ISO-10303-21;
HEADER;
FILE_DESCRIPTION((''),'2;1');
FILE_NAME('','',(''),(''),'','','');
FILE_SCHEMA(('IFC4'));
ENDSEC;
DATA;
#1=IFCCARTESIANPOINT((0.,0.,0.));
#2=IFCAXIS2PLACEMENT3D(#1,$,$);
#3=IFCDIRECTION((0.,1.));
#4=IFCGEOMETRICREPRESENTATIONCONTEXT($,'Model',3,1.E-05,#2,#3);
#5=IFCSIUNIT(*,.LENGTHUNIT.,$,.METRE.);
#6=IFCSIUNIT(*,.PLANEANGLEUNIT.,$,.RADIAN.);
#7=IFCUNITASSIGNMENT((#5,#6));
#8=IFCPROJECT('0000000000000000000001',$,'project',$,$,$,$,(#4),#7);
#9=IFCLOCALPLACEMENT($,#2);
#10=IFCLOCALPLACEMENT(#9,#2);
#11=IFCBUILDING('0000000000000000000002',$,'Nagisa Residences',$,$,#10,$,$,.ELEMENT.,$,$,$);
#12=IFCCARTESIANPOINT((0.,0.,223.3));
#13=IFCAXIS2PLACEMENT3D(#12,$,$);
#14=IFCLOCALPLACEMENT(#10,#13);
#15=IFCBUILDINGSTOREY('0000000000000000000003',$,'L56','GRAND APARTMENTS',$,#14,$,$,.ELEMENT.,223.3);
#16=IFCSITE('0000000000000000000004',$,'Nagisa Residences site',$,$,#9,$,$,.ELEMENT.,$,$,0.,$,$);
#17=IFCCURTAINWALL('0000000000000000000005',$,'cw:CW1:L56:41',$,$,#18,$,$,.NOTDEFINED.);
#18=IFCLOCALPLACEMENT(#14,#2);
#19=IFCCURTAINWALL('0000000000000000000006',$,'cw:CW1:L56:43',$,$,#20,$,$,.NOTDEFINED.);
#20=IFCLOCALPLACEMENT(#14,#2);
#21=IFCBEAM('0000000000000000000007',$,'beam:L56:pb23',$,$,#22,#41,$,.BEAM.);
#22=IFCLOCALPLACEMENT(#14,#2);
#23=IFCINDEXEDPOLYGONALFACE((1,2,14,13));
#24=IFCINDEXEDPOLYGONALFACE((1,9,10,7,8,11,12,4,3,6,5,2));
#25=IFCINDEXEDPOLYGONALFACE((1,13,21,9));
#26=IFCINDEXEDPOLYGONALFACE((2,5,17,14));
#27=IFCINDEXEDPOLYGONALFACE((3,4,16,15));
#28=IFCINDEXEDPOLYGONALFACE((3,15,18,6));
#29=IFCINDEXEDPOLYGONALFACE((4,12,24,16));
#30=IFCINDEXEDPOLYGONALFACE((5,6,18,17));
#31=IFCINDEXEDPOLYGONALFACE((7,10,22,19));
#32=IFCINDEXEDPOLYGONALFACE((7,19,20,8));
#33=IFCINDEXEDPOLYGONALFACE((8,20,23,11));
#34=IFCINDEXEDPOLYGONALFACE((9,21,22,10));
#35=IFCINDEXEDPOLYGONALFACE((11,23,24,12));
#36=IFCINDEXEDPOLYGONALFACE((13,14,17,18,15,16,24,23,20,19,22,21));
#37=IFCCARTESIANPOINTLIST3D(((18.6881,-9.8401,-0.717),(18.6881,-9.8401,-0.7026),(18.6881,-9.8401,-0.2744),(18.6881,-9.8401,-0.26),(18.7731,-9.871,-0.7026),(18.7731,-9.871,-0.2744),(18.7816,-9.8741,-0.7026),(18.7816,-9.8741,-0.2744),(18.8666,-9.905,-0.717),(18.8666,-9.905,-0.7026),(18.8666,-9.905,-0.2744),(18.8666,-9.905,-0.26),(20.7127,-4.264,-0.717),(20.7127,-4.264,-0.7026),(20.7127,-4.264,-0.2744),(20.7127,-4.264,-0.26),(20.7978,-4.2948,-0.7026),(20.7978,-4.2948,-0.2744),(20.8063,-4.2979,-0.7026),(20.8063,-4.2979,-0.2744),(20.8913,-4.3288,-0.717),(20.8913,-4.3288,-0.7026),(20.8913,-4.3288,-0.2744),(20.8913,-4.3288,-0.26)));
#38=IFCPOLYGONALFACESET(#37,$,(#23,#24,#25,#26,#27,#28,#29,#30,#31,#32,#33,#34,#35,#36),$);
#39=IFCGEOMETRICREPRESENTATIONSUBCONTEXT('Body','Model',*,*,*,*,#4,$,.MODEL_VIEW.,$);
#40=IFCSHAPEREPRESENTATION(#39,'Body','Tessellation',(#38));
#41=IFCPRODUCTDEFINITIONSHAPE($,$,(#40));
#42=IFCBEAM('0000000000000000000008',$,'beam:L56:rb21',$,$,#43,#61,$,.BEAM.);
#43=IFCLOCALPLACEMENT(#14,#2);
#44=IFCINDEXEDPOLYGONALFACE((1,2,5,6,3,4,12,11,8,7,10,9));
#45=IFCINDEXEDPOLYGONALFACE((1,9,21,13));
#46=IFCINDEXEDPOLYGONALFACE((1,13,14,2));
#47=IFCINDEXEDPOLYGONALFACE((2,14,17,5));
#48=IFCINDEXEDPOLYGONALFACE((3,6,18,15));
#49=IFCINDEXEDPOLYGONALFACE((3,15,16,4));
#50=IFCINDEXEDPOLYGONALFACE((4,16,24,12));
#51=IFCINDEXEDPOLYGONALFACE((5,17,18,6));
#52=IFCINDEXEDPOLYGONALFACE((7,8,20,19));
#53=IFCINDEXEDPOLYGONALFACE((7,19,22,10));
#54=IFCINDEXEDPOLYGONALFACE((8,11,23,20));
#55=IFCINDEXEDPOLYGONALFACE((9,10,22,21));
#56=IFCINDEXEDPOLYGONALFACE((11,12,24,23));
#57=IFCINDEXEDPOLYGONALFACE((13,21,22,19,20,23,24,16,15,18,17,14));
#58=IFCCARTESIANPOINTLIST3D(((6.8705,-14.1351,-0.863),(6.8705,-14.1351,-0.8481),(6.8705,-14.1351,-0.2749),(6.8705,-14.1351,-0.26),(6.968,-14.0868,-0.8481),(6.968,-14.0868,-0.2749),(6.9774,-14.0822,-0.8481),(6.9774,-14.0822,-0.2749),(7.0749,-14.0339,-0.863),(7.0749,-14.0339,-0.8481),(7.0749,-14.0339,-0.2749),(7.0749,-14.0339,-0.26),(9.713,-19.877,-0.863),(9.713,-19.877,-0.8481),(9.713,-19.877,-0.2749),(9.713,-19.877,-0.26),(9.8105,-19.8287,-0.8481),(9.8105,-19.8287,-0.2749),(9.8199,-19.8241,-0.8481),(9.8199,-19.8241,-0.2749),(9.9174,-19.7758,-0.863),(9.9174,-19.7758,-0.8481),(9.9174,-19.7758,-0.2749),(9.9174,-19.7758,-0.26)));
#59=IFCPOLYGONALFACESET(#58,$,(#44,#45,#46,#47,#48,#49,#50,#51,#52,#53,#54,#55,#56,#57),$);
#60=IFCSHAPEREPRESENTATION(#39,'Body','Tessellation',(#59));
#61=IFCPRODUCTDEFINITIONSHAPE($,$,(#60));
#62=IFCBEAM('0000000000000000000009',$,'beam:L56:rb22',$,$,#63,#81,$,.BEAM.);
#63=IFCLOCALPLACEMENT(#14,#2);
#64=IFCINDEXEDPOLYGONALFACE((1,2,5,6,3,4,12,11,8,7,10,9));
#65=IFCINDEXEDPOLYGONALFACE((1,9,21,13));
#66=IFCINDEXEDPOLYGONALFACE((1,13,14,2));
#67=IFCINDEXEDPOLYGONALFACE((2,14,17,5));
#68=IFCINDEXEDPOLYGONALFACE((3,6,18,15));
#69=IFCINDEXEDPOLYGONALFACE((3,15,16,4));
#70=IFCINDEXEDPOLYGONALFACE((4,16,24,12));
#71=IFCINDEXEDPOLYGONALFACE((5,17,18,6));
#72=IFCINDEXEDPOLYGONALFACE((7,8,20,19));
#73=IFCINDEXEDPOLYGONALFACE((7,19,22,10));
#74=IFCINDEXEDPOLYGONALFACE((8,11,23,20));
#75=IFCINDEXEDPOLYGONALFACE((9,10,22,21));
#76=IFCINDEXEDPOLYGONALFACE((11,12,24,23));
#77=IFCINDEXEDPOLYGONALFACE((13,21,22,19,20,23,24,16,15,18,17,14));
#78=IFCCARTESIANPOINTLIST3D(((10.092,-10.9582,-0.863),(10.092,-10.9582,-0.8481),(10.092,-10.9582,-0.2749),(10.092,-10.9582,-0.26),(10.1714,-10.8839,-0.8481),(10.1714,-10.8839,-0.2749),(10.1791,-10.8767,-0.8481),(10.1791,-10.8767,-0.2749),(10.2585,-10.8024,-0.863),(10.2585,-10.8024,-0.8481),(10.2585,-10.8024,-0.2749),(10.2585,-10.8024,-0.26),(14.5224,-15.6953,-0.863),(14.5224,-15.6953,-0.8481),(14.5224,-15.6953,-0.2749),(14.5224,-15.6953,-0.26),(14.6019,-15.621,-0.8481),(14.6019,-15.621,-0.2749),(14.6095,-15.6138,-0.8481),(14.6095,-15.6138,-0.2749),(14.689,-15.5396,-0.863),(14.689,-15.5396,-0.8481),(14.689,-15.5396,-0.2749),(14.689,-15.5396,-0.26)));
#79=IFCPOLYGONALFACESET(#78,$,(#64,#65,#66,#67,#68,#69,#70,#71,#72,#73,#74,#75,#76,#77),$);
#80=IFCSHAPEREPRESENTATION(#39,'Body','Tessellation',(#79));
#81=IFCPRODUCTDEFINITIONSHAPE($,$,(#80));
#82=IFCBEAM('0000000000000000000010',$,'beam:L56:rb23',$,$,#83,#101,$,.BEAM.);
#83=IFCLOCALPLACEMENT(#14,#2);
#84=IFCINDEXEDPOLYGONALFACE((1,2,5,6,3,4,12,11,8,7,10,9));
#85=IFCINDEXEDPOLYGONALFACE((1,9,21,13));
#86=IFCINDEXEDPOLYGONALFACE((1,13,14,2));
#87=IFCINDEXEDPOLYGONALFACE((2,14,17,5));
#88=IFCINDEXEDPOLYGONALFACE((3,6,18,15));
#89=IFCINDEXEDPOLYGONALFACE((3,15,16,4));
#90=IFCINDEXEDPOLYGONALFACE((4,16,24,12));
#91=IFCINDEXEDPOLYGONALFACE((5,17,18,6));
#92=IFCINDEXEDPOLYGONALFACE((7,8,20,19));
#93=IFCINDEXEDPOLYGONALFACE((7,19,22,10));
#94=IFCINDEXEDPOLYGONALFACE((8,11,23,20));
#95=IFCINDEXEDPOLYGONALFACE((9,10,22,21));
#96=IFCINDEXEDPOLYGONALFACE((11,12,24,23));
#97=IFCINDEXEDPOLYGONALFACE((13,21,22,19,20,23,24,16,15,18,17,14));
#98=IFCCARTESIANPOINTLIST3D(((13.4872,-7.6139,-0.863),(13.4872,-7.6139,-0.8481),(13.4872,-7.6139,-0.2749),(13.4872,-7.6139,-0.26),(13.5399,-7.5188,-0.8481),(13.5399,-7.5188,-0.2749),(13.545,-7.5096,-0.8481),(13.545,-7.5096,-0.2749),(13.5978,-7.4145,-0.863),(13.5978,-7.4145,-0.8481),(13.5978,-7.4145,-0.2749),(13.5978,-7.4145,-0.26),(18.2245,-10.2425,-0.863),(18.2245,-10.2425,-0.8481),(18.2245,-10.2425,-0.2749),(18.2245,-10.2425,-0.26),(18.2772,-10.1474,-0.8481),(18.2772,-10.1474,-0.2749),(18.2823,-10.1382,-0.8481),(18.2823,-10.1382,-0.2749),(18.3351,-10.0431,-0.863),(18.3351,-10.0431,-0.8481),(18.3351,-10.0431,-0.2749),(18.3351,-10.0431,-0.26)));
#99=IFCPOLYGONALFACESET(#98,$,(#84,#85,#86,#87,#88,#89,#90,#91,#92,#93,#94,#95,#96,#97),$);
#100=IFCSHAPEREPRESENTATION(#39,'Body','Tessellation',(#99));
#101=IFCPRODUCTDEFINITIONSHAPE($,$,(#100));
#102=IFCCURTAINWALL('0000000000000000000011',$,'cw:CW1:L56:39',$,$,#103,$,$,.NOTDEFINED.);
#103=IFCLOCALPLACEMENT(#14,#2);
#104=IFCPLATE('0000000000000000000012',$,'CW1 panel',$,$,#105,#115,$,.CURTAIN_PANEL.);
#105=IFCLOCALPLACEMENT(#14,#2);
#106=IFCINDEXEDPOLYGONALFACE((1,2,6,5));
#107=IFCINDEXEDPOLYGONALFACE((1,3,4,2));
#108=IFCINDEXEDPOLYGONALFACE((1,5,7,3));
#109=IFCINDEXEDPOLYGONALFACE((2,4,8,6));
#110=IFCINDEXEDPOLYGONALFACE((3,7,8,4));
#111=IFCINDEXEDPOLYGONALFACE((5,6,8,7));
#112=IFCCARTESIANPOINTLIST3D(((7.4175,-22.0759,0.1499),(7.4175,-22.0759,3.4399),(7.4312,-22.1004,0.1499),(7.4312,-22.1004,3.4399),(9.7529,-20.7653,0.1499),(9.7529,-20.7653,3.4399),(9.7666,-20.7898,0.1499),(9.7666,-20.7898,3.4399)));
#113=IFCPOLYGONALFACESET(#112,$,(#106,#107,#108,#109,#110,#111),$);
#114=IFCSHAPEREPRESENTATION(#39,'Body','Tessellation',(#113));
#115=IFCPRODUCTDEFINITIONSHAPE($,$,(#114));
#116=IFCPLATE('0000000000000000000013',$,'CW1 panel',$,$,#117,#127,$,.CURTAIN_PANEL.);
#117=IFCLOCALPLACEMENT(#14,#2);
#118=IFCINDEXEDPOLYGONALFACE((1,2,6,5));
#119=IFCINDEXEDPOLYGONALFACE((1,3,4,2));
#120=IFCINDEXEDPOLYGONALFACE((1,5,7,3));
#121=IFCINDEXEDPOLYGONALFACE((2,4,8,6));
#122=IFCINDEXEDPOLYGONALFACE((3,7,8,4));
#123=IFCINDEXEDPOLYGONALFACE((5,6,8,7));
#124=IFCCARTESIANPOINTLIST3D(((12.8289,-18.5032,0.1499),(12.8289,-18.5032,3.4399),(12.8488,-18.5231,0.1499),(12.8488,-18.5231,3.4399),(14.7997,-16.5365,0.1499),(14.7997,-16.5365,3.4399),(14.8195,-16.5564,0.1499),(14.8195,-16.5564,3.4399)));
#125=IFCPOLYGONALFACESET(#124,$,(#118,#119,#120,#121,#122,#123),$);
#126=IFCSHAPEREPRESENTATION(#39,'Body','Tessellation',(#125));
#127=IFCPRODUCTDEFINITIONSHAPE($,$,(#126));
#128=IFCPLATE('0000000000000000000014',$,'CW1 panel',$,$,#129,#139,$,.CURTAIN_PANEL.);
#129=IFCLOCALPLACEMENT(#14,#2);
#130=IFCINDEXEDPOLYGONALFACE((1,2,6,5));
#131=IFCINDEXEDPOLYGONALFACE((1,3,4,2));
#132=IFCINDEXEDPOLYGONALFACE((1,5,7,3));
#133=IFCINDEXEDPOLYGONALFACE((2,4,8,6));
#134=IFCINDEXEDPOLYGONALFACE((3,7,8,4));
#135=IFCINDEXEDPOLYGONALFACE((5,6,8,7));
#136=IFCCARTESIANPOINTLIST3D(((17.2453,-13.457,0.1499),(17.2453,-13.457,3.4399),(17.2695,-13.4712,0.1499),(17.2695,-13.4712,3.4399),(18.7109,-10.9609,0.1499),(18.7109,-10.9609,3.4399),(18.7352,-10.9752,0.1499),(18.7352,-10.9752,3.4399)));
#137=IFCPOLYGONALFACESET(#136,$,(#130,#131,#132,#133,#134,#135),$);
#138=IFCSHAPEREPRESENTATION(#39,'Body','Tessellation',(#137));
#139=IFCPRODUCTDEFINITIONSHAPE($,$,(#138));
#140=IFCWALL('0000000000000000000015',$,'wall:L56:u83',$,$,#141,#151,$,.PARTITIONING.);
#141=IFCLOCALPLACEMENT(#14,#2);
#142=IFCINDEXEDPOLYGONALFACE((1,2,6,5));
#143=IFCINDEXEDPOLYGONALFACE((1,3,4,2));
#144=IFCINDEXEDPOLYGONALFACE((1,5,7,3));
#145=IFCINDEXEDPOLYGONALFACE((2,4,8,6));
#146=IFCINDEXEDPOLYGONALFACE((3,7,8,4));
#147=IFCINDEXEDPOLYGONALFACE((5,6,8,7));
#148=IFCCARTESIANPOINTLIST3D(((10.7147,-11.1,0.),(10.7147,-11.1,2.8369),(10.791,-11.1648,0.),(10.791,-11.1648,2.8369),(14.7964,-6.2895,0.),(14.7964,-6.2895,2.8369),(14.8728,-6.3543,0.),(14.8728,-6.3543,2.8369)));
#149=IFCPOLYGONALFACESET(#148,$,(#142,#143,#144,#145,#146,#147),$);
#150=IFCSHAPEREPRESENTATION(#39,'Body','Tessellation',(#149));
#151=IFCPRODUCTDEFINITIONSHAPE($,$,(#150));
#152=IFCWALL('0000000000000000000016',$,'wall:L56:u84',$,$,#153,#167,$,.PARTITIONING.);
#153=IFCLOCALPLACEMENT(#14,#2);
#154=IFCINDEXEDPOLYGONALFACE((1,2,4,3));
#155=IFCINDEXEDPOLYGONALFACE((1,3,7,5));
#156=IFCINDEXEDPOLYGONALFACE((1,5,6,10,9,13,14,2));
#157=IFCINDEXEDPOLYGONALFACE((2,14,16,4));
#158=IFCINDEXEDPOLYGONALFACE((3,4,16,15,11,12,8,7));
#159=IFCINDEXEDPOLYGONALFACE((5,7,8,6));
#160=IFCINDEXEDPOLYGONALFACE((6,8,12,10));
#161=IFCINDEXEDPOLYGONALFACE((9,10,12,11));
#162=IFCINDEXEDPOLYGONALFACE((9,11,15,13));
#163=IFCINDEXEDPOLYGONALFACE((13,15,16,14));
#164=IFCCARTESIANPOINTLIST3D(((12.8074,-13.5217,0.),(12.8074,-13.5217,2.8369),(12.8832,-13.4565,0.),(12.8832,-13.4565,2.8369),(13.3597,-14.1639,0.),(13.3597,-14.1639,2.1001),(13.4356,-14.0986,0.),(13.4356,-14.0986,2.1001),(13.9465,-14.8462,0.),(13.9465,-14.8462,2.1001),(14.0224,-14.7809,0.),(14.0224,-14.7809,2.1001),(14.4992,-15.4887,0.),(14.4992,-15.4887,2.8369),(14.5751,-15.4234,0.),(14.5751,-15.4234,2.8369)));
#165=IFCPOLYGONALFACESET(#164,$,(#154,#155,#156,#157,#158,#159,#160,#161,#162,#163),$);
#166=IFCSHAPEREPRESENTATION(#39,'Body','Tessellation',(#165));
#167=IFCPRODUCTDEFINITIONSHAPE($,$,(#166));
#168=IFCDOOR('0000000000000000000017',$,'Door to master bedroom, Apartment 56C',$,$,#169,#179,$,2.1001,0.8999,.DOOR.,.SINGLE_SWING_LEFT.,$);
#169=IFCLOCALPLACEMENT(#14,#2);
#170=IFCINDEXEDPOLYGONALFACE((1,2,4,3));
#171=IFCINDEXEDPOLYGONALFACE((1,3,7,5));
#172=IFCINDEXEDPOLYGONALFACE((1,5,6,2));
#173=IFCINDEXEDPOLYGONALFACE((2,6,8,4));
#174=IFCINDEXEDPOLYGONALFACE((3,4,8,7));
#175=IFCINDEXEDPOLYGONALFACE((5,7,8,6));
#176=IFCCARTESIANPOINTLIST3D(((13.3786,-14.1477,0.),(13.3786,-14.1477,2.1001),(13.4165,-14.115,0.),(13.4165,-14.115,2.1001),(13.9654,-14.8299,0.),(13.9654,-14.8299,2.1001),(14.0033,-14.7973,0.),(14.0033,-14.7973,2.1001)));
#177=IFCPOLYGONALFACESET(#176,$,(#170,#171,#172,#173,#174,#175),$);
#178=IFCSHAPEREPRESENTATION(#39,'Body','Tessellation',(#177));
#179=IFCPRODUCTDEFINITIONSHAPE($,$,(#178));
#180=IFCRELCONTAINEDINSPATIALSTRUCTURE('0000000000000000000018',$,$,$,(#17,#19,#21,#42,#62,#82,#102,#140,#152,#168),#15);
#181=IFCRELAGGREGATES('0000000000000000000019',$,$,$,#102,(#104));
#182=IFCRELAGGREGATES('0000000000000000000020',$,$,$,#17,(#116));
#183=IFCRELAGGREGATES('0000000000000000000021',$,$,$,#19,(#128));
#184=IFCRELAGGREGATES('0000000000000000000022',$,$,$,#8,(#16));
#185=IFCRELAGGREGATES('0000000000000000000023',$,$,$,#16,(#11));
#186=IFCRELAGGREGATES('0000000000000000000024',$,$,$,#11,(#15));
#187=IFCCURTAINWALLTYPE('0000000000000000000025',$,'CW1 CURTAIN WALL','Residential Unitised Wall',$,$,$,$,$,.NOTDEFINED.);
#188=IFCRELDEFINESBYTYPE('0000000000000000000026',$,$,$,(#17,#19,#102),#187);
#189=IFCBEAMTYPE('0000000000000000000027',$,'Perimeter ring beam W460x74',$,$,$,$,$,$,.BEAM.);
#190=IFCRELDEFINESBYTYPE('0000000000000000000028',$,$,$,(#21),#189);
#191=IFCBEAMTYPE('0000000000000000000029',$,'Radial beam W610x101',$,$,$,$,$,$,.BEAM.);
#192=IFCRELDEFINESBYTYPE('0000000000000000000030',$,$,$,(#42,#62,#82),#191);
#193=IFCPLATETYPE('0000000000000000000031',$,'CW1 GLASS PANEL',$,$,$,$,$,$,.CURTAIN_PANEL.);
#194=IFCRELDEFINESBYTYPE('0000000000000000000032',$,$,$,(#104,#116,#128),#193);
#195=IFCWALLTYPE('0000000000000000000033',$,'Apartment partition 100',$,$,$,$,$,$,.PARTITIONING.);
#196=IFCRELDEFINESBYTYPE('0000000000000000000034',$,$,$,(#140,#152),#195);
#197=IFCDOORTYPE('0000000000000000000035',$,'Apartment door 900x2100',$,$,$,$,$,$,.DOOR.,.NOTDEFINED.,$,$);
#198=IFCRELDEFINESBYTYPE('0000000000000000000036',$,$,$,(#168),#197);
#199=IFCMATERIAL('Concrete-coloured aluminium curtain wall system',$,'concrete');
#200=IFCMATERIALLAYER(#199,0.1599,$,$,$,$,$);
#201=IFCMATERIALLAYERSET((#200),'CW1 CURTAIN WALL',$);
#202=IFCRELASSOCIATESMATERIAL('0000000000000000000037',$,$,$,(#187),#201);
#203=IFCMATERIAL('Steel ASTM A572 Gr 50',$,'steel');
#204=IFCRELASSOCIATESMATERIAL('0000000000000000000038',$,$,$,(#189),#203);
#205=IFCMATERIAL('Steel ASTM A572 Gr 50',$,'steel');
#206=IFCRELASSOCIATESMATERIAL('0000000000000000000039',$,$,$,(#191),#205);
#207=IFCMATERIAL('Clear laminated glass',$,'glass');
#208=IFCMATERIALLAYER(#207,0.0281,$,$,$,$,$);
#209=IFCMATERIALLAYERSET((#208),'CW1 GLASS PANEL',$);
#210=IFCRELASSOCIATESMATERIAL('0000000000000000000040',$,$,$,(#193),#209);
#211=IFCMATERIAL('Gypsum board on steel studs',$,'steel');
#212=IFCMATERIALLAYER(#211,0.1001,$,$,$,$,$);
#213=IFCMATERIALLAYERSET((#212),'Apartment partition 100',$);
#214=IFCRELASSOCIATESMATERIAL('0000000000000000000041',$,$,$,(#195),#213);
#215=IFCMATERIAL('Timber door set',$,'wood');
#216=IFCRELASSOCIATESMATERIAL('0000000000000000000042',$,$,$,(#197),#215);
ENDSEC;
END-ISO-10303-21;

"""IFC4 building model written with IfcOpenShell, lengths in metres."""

from ifc_helpers import new_model, si_unit, direction, frame, frame_2d, origin, origin_2d, place, context, subcontext, project, spatial, rectangle, i_section, extrude, material, layer, layer_set, material_profile, profile_set, type_object, element, fill, aggregate, save


model = new_model("IFC4")

# Units and contexts
model_context = context("Model", 3, precision=1e-05, world=origin(), true_north=direction((0.0, 1.0)))
body_context = subcontext(model_context, "Body", "Model", "MODEL_VIEW")
ifc_project = project(units=[si_unit("LENGTHUNIT", "METRE"), si_unit("PLANEANGLEUNIT", "RADIAN")], contexts=[model_context])

# Site, building, storey
site_placement = place(None, origin())
site = spatial("IfcSite", under=ifc_project, at=site_placement, Name="Nagisa Residences site", CompositionType="ELEMENT", RefElevation=0.0)
building_placement = place(site_placement, origin())
building = spatial("IfcBuilding", under=site, at=building_placement, Name="Nagisa Residences", CompositionType="ELEMENT")
storey_placement = place(building_placement, frame((0.0, 0.0, 223.3)))
storey = spatial("IfcBuildingStorey", under=building, at=storey_placement, Name="L56", Description="GRAND APARTMENTS", CompositionType="ELEMENT", Elevation=223.3)

# Curtain walls
ifc_material_1 = material(Name="Concrete-coloured aluminium curtain wall system", Category="concrete")
ifc_layer_1 = layer(ifc_material_1, 0.1599)
ifc_layer_set_1 = layer_set([ifc_layer_1], Name="CW1 CURTAIN WALL")
curtain_wall_type = type_object("IfcCurtainWallType", Name="CW1 CURTAIN WALL", Description="Residential Unitised Wall", PredefinedType="NOTDEFINED", material=ifc_layer_set_1)
curtain_wall_1_placement = place(storey_placement, origin())
curtain_wall_1 = element("IfcCurtainWall", 1, at=curtain_wall_1_placement, inside=storey, type_object=curtain_wall_type, Name="cw:CW1:L56:41", PredefinedType="NOTDEFINED")
curtain_wall_2_placement = place(storey_placement, origin())
curtain_wall_2 = element("IfcCurtainWall", 2, at=curtain_wall_2_placement, inside=storey, type_object=curtain_wall_type, Name="cw:CW1:L56:43", PredefinedType="NOTDEFINED")

# Beams
ifc_material_2 = material(Name="Steel ASTM A572 Gr 50", Category="steel")
ifc_material_profile_1 = material_profile(ifc_material_2, i_section(OverallWidth=0.1899, OverallDepth=0.457, WebThickness=0.009, FlangeThickness=0.0144, at=origin_2d()), Name="W460x74")
ifc_profile_set_1 = profile_set([ifc_material_profile_1], Name="Steel ASTM A572 Gr 50")
beam_type_1 = type_object("IfcBeamType", Name="Perimeter ring beam W460x74", PredefinedType="BEAM", material=ifc_profile_set_1)
beam_1_placement = place(storey_placement, frame((18.7773, -9.8726, -0.4885), z_axis=(0.34129, 0.939958, 0.0), x_axis=(-0.939958, 0.34129, 0.0)))
element("IfcBeam", 3, at=beam_1_placement, inside=storey, type_object=beam_type_1, Name="beam:L56:pb23", PredefinedType="BEAM", context=body_context, shape_type="SweptSolid", body=[
    extrude(i_section(OverallWidth=0.1899, OverallDepth=0.457, WebThickness=0.009, FlangeThickness=0.0144, at=origin_2d()), origin(), (0.0, 0.0, 1.0), 5.9324),
])
ifc_material_3 = material(Name="Steel ASTM A572 Gr 50", Category="steel")
ifc_material_profile_2 = material_profile(ifc_material_3, i_section(OverallWidth=0.228, OverallDepth=0.603, WebThickness=0.0105, FlangeThickness=0.0149, at=origin_2d()), Name="W610x101")
ifc_profile_set_2 = profile_set([ifc_material_profile_2], Name="Steel ASTM A572 Gr 50")
beam_type_2 = type_object("IfcBeamType", Name="Radial beam W610x101", PredefinedType="BEAM", material=ifc_profile_set_2)
beam_2_placement = place(storey_placement, frame((9.8152, -19.8264, -0.5615), z_axis=(-0.443659, 0.896196, 0.0), x_axis=(-0.896196, -0.443659, 0.0)))
element("IfcBeam", 4, at=beam_2_placement, inside=storey, type_object=beam_type_2, Name="beam:L56:rb21", PredefinedType="BEAM", context=body_context, shape_type="SweptSolid", body=[
    extrude(i_section(OverallWidth=0.228, OverallDepth=0.603, WebThickness=0.0105, FlangeThickness=0.0149, at=origin_2d()), origin(), (0.0, 0.0, 1.0), 6.407),
])
beam_3_placement = place(storey_placement, frame((14.6057, -15.6174, -0.5615), z_axis=(-0.683073, 0.73035, 0.0), x_axis=(-0.73035, -0.683073, 0.0)))
element("IfcBeam", 5, at=beam_3_placement, inside=storey, type_object=beam_type_2, Name="beam:L56:rb22", PredefinedType="BEAM", context=body_context, shape_type="SweptSolid", body=[
    extrude(i_section(OverallWidth=0.228, OverallDepth=0.603, WebThickness=0.0105, FlangeThickness=0.0149, at=origin_2d()), origin(), (0.0, 0.0, 1.0), 6.4861),
])
beam_4_placement = place(storey_placement, frame((18.2798, -10.1428, -0.5615), z_axis=(-0.874406, 0.485195, 0.0), x_axis=(-0.485195, -0.874406, 0.0)))
element("IfcBeam", 6, at=beam_4_placement, inside=storey, type_object=beam_type_2, Name="beam:L56:rb23", PredefinedType="BEAM", context=body_context, shape_type="SweptSolid", body=[
    extrude(i_section(OverallWidth=0.228, OverallDepth=0.603, WebThickness=0.0105, FlangeThickness=0.0149, at=origin_2d()), origin(), (0.0, 0.0, 1.0), 5.4177),
])

# Curtain wall, plate
curtain_wall_3_placement = place(storey_placement, origin())
curtain_wall_3 = element("IfcCurtainWall", 7, at=curtain_wall_3_placement, inside=storey, type_object=curtain_wall_type, Name="cw:CW1:L56:39", PredefinedType="NOTDEFINED")
ifc_material_4 = material(Name="Clear laminated glass", Category="glass")
ifc_layer_2 = layer(ifc_material_4, 0.0281)
ifc_layer_set_2 = layer_set([ifc_layer_2], Name="CW1 GLASS PANEL")
plate_type = type_object("IfcPlateType", Name="CW1 GLASS PANEL", PredefinedType="CURTAIN_PANEL", material=ifc_layer_set_2)
plate_1_placement = place(storey_placement, frame((8.592, -21.4329, 0.1499), z_axis=(0.0, 0.0, 1.0), x_axis=(0.872072, 0.489377, 0.0)))
plate_1 = element("IfcPlate", 8, at=plate_1_placement, type_object=plate_type, Name="CW1 panel", PredefinedType="CURTAIN_PANEL", context=body_context, shape_type="SweptSolid", body=[
    extrude(rectangle(XDim=2.678, YDim=0.0281, at=origin_2d()), origin(), (0.0, 0.0, 1.0), 3.29),
])
aggregate(curtain_wall_3, [plate_1])

# Plates
plate_2_placement = place(storey_placement, frame((13.8242, -17.5298, 0.1499), z_axis=(0.0, 0.0, 1.0), x_axis=(0.707836, 0.706377, 0.0)))
plate_2 = element("IfcPlate", 9, at=plate_2_placement, type_object=plate_type, Name="CW1 panel", PredefinedType="CURTAIN_PANEL", context=body_context, shape_type="SweptSolid", body=[
    extrude(rectangle(XDim=2.7842, YDim=0.0281, at=origin_2d()), origin(), (0.0, 0.0, 1.0), 3.29),
])
aggregate(curtain_wall_1, [plate_2])
plate_3_placement = place(storey_placement, frame((17.9902, -12.2161, 0.1499), z_axis=(0.0, 0.0, 1.0), x_axis=(0.506349, 0.862329, 0.0)))
plate_3 = element("IfcPlate", 10, at=plate_3_placement, type_object=plate_type, Name="CW1 panel", PredefinedType="CURTAIN_PANEL", context=body_context, shape_type="SweptSolid", body=[
    extrude(rectangle(XDim=2.8945, YDim=0.0281, at=origin_2d()), origin(), (0.0, 0.0, 1.0), 3.29),
])
aggregate(curtain_wall_2, [plate_3])

# Wall
ifc_material_5 = material(Name="Gypsum board on steel studs", Category="steel")
ifc_layer_3 = layer(ifc_material_5, 0.1001)
ifc_layer_set_3 = layer_set([ifc_layer_3], Name="Apartment partition 100")
wall_type_1 = type_object("IfcWallType", Name="Apartment partition 100", PredefinedType="PARTITIONING", material=ifc_layer_set_3)
wall_1_placement = place(storey_placement, frame((10.7529, -11.1323, 0.0), z_axis=(0.0, 0.0, 1.0), x_axis=(0.646988, 0.7625, 0.0)))
element("IfcWall", 11, at=wall_1_placement, inside=storey, type_object=wall_type_1, Name="wall:L56:u83", PredefinedType="PARTITIONING", context=body_context, shape_type="SweptSolid", body=[
    extrude(rectangle(XDim=6.3088, YDim=0.1001, at=frame_2d((3.1543, 0.0))), origin(), (0.0, 0.0, 1.0), 2.8369),
])

# Wall, opening, door
wall_2_placement = place(storey_placement, frame((12.8452, -13.489, 0.0), z_axis=(0.0, 0.0, 1.0), x_axis=(0.652092, -0.75814, 0.0)))
wall_2 = element("IfcWall", 12, at=wall_2_placement, inside=storey, type_object=wall_type_1, Name="wall:L56:u84", PredefinedType="PARTITIONING", context=body_context, shape_type="SweptSolid", body=[
    extrude(rectangle(XDim=2.5945, YDim=0.1001, at=frame_2d((1.2974, 0.0))), origin(), (0.0, 0.0, 1.0), 2.8369),
])
opening_1_placement = place(wall_2_placement, frame((0.8472, 0.0, 0.0)))
opening_1 = element("IfcOpeningElement", 13, at=opening_1_placement, cuts=wall_2, PredefinedType="OPENING", context=body_context, shape_type="SweptSolid", body=[
    extrude(rectangle(XDim=0.8999, YDim=2.1001, at=frame_2d((0.45, 1.05))), frame((0.0, 0.0601, 0.0), z_axis=(0.0, -1.0, 0.0), x_axis=(1.0, 0.0, 0.0)), (0.0, 0.0, 1.0), 0.1201),
])
ifc_material_6 = material(Name="Timber door set", Category="wood")
door_type_1 = type_object("IfcDoorType", Name="Apartment door 900x2100", OperationType="NOTDEFINED", PredefinedType="DOOR", material=ifc_material_6)
door_1_placement = place(opening_1_placement, origin())
door_1 = element("IfcDoor", 14, at=door_1_placement, inside=storey, type_object=door_type_1, Name="Door to master bedroom, Apartment 56C", OperationType="SINGLE_SWING_LEFT", OverallHeight=2.1001, OverallWidth=0.8999, PredefinedType="DOOR", context=body_context, shape_type="SweptSolid", body=[
    extrude(rectangle(XDim=0.8999, YDim=2.1001, at=frame_2d((0.45, 1.05))), frame((0.0, 0.0249, 0.0), z_axis=(0.0, -1.0, 0.0), x_axis=(1.0, 0.0, 0.0)), (0.0, 0.0, 1.0), 0.05),
])
fill(opening_1, door_1)

save(model, "model.ifc")
